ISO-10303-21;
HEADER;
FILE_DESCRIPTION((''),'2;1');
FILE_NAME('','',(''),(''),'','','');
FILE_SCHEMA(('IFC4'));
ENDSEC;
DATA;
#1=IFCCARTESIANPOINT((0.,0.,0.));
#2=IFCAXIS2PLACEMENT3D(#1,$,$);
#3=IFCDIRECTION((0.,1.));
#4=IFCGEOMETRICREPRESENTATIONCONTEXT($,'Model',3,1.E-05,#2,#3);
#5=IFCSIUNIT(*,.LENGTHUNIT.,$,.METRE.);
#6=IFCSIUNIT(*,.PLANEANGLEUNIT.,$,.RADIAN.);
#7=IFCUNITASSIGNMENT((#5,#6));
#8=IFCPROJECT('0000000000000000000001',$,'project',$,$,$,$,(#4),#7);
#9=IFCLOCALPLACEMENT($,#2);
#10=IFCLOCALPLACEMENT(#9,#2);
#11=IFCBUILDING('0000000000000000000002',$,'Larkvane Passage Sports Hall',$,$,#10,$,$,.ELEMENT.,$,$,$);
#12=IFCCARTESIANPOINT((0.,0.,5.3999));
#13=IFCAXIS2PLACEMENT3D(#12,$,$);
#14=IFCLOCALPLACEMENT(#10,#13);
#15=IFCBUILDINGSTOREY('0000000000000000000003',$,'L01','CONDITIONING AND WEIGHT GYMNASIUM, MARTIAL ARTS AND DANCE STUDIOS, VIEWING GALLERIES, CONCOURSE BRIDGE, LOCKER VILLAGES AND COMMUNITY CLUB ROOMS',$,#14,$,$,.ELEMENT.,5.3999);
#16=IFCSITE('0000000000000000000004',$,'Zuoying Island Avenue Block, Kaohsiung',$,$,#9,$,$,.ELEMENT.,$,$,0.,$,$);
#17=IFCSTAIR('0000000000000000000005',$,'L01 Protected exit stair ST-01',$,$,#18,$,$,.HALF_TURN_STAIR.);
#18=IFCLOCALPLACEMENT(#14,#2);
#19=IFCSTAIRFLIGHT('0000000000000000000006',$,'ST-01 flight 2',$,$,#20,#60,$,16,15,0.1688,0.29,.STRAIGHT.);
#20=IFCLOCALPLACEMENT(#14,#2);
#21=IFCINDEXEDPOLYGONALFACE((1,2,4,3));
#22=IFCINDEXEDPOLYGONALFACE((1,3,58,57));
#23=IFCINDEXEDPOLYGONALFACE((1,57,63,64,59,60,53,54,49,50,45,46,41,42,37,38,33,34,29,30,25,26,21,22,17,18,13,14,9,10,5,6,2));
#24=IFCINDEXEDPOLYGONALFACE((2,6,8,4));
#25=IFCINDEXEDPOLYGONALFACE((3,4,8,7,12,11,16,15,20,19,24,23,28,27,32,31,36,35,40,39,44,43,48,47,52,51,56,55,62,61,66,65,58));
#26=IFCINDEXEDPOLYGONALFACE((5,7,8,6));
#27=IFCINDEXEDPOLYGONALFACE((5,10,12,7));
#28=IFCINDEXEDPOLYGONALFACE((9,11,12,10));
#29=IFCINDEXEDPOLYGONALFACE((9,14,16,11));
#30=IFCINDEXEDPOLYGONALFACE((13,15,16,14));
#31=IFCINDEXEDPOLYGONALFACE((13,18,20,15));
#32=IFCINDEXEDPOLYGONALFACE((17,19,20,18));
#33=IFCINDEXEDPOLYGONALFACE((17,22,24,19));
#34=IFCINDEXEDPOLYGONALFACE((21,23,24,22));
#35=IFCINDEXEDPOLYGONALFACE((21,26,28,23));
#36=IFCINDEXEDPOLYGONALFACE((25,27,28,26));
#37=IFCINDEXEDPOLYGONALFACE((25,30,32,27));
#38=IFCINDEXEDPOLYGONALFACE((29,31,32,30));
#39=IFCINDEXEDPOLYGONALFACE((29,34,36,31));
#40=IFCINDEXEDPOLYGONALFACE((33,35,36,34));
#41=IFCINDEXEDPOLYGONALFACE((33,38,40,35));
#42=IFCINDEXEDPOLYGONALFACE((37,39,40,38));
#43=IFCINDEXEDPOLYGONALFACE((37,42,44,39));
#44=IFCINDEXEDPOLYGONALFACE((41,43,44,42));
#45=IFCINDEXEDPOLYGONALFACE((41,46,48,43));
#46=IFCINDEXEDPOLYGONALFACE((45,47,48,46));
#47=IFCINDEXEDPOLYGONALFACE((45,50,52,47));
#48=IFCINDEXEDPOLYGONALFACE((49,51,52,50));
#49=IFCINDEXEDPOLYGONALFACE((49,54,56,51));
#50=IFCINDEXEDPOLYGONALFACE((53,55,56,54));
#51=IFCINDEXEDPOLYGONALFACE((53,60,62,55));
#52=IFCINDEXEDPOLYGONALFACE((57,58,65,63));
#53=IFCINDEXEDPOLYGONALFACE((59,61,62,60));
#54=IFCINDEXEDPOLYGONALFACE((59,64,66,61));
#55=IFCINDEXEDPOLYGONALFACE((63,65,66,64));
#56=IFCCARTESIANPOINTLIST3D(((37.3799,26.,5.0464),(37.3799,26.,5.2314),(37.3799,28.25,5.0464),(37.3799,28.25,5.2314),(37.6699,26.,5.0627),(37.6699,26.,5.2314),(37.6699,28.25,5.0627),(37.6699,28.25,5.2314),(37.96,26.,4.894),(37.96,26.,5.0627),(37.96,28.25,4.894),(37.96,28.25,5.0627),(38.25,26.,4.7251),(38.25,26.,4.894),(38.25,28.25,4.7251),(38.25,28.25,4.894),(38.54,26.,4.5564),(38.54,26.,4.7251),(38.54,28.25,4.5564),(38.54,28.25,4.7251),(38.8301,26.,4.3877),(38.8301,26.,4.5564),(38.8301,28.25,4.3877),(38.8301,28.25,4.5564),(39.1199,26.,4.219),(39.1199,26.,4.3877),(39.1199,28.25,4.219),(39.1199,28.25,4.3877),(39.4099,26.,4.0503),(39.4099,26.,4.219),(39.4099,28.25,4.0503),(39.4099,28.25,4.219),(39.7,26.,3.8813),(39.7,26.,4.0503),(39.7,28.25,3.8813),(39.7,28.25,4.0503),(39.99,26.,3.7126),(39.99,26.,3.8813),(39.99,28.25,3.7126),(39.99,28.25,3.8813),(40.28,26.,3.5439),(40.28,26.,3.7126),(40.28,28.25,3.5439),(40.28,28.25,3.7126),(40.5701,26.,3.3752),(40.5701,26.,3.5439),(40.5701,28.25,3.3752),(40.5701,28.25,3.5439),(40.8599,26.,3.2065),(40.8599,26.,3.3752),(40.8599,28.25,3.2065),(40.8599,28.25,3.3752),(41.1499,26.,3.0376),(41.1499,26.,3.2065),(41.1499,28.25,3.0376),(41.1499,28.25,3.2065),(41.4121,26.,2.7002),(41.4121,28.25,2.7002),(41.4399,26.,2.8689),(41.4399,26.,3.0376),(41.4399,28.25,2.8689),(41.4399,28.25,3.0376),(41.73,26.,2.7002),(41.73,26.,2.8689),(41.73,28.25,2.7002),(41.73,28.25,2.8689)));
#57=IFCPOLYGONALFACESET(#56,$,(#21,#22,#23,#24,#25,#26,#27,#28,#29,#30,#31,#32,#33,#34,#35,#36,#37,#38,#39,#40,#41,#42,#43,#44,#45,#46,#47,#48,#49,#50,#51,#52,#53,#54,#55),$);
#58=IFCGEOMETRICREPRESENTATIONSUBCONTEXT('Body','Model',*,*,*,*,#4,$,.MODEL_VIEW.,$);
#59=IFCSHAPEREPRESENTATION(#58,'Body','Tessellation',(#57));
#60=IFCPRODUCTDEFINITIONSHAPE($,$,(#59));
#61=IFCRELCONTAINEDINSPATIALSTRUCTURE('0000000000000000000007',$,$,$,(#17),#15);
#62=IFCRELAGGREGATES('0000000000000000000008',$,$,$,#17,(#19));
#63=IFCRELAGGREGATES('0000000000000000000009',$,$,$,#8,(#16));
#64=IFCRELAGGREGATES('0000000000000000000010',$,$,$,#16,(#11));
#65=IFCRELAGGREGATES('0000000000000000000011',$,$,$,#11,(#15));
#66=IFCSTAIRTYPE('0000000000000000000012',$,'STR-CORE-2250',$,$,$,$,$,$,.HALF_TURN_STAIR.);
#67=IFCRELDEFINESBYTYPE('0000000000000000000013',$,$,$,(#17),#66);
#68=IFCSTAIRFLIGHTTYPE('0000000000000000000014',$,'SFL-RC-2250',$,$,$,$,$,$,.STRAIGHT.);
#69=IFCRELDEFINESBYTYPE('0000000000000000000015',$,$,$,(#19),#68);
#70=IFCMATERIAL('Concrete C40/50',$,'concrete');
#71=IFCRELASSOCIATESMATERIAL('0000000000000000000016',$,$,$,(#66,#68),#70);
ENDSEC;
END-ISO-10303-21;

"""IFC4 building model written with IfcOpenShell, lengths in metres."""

from ifc_helpers import new_model, si_unit, direction, frame, origin, place, context, subcontext, project, spatial, polyline, outline, extrude, material, type_object, element, aggregate, save


model = new_model("IFC4")

# Units and contexts
model_context = context("Model", 3, precision=1e-05, world=origin(), true_north=direction((0.0, 1.0)))
body_context = subcontext(model_context, "Body", "Model", "MODEL_VIEW")
ifc_project = project(units=[si_unit("LENGTHUNIT", "METRE"), si_unit("PLANEANGLEUNIT", "RADIAN")], contexts=[model_context])

# Site, building, storey
site_placement = place(None, origin())
site = spatial("IfcSite", under=ifc_project, at=site_placement, Name="Zuoying Island Avenue Block, Kaohsiung", CompositionType="ELEMENT", RefElevation=0.0)
building_placement = place(site_placement, origin())
building = spatial("IfcBuilding", under=site, at=building_placement, Name="Larkvane Passage Sports Hall", CompositionType="ELEMENT")
storey_placement = place(building_placement, frame((0.0, 0.0, 5.3999)))
storey = spatial("IfcBuildingStorey", under=building, at=storey_placement, Name="L01", Description="CONDITIONING AND WEIGHT GYMNASIUM, MARTIAL ARTS AND DANCE STUDIOS, VIEWING GALLERIES, CONCOURSE BRIDGE, LOCKER VILLAGES AND COMMUNITY CLUB ROOMS", CompositionType="ELEMENT", Elevation=5.3999)

# Shared definitions
ifc_material_1 = material(Name="Concrete C40/50", Category="concrete")

# Stair, stair flight
stair_type = type_object("IfcStairType", Name="STR-CORE-2250", PredefinedType="HALF_TURN_STAIR", material=ifc_material_1)
stair_placement = place(storey_placement, origin())
stair = element("IfcStair", 1, at=stair_placement, inside=storey, type_object=stair_type, Name="L01 Protected exit stair ST-01", PredefinedType="HALF_TURN_STAIR")
stair_flight_type = type_object("IfcStairFlightType", Name="SFL-RC-2250", PredefinedType="STRAIGHT", material=ifc_material_1)
stair_flight_1_placement = place(storey_placement, frame((41.73, 27.125, 2.7002), z_axis=(0.0, 0.0, 1.0), x_axis=(-1.0, 0.0, 0.0)))
stair_flight_1 = element("IfcStairFlight", 2, at=stair_flight_1_placement, type_object=stair_flight_type, Name="ST-01 flight 2", NumberOfRisers=16, NumberOfTreads=15, PredefinedType="STRAIGHT", RiserHeight=0.1688, TreadLength=0.29, context=body_context, shape_type="SweptSolid", body=[
    extrude(outline(polyline([(0.0, 0.0), (0.0, 0.1687), (0.29, 0.1687), (0.29, 0.3374), (0.5801, 0.3374), (0.5801, 0.5063), (0.8701, 0.5063), (0.8701, 0.675), (1.1599, 0.675), (1.1599, 0.8438), (1.45, 0.8438), (1.45, 1.0125), (1.74, 1.0125), (1.74, 1.1812), (2.03, 1.1812), (2.03, 1.3501), (2.3201, 1.3501), (2.3201, 1.5188), (2.6101, 1.5188), (2.6101, 1.6875), (2.8999, 1.6875), (2.8999, 1.8562), (3.1899, 1.8562), (3.1899, 2.0249), (3.48, 2.0249), (3.48, 2.1938), (3.77, 2.1938), (3.77, 2.3625), (4.0601, 2.3625), (4.0601, 2.5312), (4.3501, 2.5312), (4.3501, 2.7), (4.3501, 2.3462), (0.3179, 0.0), (0.0, 0.0)])), frame((0.0, 1.125, 0.0), z_axis=(0.0, -1.0, 0.0), x_axis=(1.0, 0.0, 0.0)), (0.0, 0.0, 1.0), 2.25),
])
aggregate(stair, [stair_flight_1])

save(model, "model.ifc")
